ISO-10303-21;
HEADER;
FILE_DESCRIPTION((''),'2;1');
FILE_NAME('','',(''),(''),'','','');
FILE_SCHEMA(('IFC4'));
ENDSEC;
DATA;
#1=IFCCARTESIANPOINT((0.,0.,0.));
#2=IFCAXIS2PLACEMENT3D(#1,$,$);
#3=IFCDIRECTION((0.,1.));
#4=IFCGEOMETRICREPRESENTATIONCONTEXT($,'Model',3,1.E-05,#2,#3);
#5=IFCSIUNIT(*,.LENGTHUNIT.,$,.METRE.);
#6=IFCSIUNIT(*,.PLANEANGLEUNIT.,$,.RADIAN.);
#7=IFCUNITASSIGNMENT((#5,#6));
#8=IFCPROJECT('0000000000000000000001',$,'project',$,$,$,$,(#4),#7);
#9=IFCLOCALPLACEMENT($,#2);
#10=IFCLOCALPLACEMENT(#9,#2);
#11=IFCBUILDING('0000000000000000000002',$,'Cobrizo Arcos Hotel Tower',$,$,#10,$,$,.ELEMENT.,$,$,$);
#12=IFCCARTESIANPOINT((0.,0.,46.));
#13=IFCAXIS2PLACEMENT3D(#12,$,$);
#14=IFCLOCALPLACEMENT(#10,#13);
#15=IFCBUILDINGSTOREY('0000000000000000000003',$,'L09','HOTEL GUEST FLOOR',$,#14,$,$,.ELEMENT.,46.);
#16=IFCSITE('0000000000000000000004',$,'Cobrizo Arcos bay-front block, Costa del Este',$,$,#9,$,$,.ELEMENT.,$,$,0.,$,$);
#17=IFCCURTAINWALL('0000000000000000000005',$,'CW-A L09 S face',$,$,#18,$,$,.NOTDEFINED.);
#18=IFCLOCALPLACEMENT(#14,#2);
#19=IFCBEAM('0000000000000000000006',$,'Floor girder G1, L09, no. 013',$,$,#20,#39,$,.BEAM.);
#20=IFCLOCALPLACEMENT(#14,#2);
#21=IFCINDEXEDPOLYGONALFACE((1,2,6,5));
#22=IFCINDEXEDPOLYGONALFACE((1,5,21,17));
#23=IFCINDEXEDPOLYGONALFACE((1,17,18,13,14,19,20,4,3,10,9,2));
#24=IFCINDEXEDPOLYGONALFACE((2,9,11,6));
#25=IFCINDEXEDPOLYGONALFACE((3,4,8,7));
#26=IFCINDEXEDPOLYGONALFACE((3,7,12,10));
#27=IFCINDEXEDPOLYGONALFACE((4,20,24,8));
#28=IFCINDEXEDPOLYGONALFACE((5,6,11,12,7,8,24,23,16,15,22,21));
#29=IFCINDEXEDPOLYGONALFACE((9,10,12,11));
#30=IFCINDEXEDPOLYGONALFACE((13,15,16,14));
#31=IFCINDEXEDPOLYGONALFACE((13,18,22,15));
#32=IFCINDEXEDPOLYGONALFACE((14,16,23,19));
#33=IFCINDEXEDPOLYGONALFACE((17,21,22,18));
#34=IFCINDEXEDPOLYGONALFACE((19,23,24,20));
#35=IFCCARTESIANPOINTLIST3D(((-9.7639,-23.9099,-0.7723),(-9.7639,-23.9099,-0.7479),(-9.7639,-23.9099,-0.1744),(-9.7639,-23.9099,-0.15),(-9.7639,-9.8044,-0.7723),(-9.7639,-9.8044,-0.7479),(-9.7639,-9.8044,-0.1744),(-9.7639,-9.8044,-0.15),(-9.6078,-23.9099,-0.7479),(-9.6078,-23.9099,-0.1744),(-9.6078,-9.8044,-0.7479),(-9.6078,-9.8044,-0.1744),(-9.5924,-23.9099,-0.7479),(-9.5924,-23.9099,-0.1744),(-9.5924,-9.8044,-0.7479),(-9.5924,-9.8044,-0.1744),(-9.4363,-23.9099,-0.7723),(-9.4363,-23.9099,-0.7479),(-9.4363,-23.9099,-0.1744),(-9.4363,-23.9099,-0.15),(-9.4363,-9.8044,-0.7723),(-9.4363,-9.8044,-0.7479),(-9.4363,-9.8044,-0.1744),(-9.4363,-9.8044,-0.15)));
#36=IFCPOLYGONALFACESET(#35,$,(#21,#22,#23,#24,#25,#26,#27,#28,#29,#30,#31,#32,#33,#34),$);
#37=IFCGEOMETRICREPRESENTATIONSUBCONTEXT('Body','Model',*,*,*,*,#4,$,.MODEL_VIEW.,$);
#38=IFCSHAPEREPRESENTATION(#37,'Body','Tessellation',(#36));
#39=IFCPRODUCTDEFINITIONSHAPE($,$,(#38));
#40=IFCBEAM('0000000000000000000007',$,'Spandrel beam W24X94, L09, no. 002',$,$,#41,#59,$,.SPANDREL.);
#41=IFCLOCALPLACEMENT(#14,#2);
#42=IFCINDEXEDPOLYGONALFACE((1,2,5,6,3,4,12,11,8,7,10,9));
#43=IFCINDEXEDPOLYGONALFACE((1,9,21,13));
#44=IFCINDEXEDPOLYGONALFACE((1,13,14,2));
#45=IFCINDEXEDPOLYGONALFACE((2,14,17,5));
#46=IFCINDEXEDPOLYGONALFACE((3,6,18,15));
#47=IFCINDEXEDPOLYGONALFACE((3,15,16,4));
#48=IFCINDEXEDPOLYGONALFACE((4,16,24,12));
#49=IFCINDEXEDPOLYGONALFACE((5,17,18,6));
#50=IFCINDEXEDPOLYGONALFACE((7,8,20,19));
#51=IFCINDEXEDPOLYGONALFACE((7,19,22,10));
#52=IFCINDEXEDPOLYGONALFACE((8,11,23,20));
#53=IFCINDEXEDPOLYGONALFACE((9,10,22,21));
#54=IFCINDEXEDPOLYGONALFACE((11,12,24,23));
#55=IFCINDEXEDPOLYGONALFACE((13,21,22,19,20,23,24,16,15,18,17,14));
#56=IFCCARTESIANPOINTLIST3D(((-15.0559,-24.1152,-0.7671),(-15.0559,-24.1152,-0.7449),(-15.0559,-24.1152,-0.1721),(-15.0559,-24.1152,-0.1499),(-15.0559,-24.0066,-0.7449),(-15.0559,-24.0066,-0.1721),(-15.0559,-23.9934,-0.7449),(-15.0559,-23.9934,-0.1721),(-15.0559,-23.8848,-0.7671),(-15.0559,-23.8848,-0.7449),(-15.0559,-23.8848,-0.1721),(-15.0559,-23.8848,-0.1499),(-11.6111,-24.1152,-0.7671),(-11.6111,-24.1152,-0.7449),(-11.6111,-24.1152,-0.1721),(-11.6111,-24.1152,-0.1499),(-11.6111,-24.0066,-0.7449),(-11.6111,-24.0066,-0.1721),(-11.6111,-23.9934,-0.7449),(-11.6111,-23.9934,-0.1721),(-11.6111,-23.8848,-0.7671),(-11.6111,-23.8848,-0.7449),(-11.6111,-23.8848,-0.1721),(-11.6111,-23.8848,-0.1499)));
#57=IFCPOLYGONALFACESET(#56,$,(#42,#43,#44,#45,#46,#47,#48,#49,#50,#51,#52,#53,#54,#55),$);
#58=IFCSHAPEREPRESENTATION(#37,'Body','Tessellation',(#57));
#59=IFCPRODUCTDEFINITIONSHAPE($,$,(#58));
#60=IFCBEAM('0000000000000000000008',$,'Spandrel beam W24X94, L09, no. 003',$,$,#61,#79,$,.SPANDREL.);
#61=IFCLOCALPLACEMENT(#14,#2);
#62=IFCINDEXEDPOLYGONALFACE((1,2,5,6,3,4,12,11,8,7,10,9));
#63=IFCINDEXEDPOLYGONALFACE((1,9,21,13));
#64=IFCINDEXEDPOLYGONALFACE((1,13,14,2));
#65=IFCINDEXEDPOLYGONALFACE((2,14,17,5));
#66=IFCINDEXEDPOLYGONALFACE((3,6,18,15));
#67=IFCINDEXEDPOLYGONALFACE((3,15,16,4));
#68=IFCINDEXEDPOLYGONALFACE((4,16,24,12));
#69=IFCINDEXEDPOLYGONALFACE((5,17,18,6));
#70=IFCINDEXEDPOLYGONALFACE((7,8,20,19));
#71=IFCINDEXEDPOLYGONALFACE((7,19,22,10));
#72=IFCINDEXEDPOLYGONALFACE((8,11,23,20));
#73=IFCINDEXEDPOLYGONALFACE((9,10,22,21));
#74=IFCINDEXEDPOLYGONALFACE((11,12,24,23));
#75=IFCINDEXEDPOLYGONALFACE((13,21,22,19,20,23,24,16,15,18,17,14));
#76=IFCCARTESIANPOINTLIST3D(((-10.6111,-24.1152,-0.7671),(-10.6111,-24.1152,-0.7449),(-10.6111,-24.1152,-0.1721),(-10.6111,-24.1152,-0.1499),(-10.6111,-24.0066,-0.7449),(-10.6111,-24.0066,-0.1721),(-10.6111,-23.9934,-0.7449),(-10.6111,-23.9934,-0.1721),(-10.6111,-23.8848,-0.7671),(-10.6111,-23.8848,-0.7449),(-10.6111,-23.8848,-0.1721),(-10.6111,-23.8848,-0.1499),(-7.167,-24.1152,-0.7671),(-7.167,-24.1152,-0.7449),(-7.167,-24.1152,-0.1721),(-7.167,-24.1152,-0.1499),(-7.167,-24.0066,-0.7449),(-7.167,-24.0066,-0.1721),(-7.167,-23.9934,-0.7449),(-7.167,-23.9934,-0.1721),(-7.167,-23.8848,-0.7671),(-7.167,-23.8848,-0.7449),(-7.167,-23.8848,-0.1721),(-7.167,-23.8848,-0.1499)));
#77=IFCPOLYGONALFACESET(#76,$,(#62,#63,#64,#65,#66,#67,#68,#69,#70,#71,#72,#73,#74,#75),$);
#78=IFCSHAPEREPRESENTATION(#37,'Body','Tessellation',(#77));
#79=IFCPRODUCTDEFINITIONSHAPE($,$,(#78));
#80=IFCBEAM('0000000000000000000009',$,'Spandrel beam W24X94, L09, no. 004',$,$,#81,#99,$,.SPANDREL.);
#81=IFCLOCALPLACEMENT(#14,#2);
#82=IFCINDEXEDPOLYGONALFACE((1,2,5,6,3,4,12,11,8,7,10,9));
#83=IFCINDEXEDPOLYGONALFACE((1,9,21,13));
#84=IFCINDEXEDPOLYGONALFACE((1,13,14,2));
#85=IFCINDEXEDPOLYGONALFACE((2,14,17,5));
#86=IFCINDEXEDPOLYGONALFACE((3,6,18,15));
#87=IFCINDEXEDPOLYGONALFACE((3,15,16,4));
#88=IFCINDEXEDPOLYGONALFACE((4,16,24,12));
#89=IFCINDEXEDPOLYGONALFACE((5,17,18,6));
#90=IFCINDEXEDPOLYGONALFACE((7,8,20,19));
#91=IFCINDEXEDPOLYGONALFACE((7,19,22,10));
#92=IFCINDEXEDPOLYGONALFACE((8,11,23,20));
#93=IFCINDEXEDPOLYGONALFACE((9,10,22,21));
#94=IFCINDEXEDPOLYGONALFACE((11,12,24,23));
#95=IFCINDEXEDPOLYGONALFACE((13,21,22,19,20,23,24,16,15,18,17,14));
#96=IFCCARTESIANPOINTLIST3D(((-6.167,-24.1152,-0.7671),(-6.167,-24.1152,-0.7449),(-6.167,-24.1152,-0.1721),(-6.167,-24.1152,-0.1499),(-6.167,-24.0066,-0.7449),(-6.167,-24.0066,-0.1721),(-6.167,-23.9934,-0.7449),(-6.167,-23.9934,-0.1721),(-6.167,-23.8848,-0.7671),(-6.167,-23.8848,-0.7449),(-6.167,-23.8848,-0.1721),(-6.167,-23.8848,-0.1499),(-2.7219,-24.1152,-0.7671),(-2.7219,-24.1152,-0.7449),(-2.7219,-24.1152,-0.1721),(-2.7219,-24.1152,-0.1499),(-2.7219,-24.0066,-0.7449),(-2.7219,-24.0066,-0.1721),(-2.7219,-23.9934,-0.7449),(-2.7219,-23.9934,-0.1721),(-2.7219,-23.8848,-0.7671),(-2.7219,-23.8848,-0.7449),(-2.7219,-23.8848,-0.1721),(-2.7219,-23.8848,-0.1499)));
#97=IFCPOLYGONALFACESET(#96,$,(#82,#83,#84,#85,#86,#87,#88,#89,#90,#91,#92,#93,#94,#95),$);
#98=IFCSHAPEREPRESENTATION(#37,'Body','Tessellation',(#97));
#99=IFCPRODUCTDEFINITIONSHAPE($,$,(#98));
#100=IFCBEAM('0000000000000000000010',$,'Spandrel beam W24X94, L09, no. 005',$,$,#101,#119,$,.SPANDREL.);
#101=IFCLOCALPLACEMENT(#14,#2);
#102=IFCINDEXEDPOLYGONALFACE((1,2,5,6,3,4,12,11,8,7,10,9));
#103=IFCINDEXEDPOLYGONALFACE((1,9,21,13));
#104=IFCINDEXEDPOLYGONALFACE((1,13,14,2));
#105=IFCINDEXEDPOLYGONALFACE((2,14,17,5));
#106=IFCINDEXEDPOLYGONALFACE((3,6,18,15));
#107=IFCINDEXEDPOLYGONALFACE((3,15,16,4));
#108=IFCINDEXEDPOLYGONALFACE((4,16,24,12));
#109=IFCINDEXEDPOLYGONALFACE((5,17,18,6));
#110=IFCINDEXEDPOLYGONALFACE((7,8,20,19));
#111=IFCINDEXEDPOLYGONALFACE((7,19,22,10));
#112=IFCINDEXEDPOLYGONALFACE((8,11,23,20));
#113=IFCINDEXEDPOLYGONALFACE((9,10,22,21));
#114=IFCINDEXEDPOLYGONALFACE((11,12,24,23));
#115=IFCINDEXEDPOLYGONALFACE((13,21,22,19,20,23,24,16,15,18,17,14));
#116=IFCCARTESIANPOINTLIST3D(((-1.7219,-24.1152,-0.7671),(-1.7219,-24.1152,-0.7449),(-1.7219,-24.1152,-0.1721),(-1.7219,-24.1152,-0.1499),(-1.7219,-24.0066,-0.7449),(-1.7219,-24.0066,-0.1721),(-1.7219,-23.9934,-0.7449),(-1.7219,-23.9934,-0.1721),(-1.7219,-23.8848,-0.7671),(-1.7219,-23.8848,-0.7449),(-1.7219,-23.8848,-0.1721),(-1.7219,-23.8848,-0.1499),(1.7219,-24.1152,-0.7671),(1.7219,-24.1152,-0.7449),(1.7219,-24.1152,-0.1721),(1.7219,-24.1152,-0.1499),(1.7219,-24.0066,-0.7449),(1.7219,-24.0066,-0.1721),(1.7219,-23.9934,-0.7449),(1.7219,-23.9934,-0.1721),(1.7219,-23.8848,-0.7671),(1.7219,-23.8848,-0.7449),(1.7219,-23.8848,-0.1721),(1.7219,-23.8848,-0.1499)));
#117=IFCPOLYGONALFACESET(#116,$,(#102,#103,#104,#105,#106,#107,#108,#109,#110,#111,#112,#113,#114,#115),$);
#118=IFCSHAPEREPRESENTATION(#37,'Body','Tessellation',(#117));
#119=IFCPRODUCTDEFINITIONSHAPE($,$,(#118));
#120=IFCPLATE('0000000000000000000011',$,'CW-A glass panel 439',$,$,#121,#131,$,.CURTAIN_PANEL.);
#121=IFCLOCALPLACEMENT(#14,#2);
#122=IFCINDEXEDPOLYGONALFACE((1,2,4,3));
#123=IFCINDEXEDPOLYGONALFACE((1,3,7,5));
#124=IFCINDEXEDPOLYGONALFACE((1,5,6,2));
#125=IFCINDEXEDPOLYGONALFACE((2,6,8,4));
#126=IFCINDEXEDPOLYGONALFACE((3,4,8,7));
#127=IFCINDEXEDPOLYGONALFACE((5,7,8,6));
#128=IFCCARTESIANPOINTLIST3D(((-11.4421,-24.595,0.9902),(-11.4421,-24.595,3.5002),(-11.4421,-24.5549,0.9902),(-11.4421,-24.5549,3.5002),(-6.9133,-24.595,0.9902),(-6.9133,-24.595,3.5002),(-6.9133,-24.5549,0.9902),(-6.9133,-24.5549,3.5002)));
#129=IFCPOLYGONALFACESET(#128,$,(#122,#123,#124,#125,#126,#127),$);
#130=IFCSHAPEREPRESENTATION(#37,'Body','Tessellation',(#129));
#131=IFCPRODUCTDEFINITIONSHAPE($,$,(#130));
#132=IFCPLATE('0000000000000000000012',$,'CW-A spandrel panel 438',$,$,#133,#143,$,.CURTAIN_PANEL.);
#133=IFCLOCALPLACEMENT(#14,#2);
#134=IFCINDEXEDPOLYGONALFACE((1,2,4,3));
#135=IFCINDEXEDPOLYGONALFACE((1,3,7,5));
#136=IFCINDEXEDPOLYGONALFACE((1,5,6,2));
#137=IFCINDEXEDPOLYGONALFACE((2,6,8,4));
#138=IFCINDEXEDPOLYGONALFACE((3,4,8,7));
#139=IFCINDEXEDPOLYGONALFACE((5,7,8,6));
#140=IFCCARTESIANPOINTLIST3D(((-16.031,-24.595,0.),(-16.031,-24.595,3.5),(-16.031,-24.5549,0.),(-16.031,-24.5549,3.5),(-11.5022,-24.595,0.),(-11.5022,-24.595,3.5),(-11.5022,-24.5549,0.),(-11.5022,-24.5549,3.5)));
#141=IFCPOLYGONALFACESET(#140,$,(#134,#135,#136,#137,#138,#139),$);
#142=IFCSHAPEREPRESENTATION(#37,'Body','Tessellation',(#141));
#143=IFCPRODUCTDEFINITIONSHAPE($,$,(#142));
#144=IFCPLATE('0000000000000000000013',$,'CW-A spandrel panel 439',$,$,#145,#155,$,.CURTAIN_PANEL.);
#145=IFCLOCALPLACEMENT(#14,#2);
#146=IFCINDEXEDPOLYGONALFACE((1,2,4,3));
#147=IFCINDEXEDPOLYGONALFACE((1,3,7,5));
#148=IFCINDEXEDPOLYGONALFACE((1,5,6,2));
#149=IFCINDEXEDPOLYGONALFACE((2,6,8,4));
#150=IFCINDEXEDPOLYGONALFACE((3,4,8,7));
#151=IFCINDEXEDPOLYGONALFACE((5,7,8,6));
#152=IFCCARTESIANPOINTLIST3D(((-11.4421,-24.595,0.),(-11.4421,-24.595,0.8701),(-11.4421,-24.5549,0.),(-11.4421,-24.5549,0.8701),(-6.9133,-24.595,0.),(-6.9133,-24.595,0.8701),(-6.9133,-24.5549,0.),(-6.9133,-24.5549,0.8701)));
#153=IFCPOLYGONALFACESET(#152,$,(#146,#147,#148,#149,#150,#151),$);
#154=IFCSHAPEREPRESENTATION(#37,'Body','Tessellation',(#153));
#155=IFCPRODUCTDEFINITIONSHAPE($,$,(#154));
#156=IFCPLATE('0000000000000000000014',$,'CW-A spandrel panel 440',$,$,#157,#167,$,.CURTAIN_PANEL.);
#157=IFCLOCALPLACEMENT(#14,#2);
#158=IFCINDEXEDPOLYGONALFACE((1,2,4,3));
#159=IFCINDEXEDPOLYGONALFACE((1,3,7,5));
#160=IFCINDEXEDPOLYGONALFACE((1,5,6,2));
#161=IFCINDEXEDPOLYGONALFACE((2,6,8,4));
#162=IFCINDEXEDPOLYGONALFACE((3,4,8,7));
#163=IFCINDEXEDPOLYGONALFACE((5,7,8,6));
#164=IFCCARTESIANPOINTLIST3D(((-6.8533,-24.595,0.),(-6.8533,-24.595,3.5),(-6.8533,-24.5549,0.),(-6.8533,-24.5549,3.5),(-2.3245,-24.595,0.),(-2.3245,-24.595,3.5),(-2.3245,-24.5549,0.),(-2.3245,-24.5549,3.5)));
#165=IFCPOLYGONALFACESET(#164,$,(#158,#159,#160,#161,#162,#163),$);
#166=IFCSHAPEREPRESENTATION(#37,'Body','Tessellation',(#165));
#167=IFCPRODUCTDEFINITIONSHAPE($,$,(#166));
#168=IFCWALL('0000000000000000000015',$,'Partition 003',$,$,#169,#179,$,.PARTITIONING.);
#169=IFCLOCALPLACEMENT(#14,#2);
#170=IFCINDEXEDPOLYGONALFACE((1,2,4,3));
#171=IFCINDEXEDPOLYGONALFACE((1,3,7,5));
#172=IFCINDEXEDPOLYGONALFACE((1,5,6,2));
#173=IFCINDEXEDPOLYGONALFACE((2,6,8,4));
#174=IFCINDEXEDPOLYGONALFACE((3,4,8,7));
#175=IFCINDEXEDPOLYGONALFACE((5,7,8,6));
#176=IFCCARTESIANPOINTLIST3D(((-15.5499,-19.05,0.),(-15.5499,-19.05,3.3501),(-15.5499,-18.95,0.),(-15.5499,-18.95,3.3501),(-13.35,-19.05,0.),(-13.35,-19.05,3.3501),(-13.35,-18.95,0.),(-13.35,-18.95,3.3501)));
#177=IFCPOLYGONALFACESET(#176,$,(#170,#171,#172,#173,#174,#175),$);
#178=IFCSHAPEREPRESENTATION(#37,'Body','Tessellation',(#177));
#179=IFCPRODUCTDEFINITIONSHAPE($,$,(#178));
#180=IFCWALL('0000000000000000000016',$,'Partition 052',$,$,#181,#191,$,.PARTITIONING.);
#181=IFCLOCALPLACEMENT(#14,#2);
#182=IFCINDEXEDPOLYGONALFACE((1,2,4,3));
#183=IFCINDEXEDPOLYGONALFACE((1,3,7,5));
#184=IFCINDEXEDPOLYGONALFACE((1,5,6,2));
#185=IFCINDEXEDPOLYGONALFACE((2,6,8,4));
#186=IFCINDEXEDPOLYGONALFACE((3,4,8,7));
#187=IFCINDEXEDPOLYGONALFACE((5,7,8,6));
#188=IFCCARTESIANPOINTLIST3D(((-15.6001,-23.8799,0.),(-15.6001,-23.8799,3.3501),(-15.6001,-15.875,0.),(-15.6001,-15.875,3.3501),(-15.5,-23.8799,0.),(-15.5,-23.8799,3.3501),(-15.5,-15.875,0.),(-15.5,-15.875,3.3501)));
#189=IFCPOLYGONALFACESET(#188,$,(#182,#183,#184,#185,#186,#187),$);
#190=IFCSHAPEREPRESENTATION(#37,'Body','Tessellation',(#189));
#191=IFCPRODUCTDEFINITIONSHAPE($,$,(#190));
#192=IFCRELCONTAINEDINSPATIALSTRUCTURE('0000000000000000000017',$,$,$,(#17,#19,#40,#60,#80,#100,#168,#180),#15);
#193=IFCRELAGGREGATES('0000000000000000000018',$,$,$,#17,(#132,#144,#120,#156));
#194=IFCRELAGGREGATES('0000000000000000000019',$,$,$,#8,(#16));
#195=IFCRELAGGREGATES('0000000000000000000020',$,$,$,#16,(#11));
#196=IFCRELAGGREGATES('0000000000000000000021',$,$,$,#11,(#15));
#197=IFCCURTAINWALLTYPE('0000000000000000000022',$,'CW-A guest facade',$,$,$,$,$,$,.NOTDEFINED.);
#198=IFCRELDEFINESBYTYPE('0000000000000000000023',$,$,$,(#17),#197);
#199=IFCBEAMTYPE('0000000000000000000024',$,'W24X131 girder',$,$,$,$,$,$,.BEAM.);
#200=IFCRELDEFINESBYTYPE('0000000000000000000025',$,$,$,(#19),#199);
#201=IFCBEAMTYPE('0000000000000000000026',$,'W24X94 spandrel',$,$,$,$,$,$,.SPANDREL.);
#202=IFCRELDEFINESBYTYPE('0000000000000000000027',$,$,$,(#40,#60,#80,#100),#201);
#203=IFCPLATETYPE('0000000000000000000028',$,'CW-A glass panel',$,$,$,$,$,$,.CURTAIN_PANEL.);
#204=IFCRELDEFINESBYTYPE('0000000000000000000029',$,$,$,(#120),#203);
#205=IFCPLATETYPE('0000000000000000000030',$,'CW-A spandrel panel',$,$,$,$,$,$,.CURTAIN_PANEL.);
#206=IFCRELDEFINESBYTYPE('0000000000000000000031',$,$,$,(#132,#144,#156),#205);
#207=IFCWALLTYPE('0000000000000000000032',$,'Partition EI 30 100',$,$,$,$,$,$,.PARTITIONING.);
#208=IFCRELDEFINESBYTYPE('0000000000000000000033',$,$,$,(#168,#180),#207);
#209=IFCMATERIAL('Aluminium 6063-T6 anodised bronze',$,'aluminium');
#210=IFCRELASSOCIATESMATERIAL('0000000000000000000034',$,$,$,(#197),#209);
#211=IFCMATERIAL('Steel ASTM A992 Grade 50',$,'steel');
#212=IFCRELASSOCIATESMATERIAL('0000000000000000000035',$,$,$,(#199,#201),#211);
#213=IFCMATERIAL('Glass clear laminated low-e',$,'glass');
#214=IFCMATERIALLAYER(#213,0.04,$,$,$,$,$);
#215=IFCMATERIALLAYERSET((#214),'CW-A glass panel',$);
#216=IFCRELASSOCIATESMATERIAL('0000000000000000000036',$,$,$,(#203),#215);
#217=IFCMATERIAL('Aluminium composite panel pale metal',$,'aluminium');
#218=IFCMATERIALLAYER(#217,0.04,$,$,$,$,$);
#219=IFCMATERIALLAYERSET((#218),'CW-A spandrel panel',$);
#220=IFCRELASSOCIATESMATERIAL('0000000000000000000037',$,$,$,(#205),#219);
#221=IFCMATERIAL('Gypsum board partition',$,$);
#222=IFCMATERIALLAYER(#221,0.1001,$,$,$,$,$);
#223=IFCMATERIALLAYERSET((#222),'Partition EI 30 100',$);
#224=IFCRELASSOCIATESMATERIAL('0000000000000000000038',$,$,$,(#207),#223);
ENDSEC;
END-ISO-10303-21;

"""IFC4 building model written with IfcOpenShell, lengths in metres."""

from ifc_helpers import new_model, si_unit, direction, frame, frame_2d, origin, origin_2d, place, context, subcontext, project, spatial, rectangle, i_section, extrude, material, layer, layer_set, material_profile, profile_set, type_object, element, aggregate, save


model = new_model("IFC4")

# Units and contexts
model_context = context("Model", 3, precision=1e-05, world=origin(), true_north=direction((0.0, 1.0)))
body_context = subcontext(model_context, "Body", "Model", "MODEL_VIEW")
ifc_project = project(units=[si_unit("LENGTHUNIT", "METRE"), si_unit("PLANEANGLEUNIT", "RADIAN")], contexts=[model_context])

# Site, building, storey
site_placement = place(None, origin())
site = spatial("IfcSite", under=ifc_project, at=site_placement, Name="Cobrizo Arcos bay-front block, Costa del Este", CompositionType="ELEMENT", RefElevation=0.0)
building_placement = place(site_placement, origin())
building = spatial("IfcBuilding", under=site, at=building_placement, Name="Cobrizo Arcos Hotel Tower", CompositionType="ELEMENT")
storey_placement = place(building_placement, frame((0.0, 0.0, 46.0)))
storey = spatial("IfcBuildingStorey", under=building, at=storey_placement, Name="L09", Description="HOTEL GUEST FLOOR", CompositionType="ELEMENT", Elevation=46.0)

# Curtain wall
ifc_material_1 = material(Name="Aluminium 6063-T6 anodised bronze", Category="aluminium")
curtain_wall_type = type_object("IfcCurtainWallType", Name="CW-A guest facade", PredefinedType="NOTDEFINED", material=ifc_material_1)
curtain_wall_placement = place(storey_placement, origin())
curtain_wall = element("IfcCurtainWall", 1, at=curtain_wall_placement, inside=storey, type_object=curtain_wall_type, Name="CW-A L09 S face", PredefinedType="NOTDEFINED")

# Beams
ifc_material_2 = material(Name="Steel ASTM A992 Grade 50", Category="steel")
ifc_material_profile_1 = material_profile(ifc_material_2, i_section(OverallWidth=0.3276, OverallDepth=0.6223, WebThickness=0.0154, FlangeThickness=0.0244, at=origin_2d()), Name="W24X131")
ifc_profile_set_1 = profile_set([ifc_material_profile_1], Name="Steel ASTM A992 Grade 50")
beam_type_1 = type_object("IfcBeamType", Name="W24X131 girder", PredefinedType="BEAM", material=ifc_profile_set_1)
beam_1_placement = place(storey_placement, frame((-9.6001, -23.9099, -0.4612), z_axis=(0.0, 1.0, 0.0), x_axis=(-1.0, 0.0, 0.0)))
element("IfcBeam", 2, at=beam_1_placement, inside=storey, type_object=beam_type_1, Name="Floor girder G1, L09, no. 013", PredefinedType="BEAM", context=body_context, shape_type="SweptSolid", body=[
    extrude(i_section(OverallWidth=0.3276, OverallDepth=0.6223, WebThickness=0.0154, FlangeThickness=0.0244, at=origin_2d()), origin(), (0.0, 0.0, 1.0), 14.1055),
])
ifc_material_profile_2 = material_profile(ifc_material_2, i_section(OverallWidth=0.2305, OverallDepth=0.6172, WebThickness=0.0132, FlangeThickness=0.0222, at=origin_2d()), Name="W24X94")
ifc_profile_set_2 = profile_set([ifc_material_profile_2], Name="Steel ASTM A992 Grade 50")
beam_type_2 = type_object("IfcBeamType", Name="W24X94 spandrel", PredefinedType="SPANDREL", material=ifc_profile_set_2)
beam_2_placement = place(storey_placement, frame((-15.0559, -24.0, -0.4585), z_axis=(1.0, 0.0, 0.0), x_axis=(0.0, 1.0, 0.0)))
element("IfcBeam", 3, at=beam_2_placement, inside=storey, type_object=beam_type_2, Name="Spandrel beam W24X94, L09, no. 002", PredefinedType="SPANDREL", context=body_context, shape_type="SweptSolid", body=[
    extrude(i_section(OverallWidth=0.2305, OverallDepth=0.6172, WebThickness=0.0132, FlangeThickness=0.0222, at=origin_2d()), origin(), (0.0, 0.0, 1.0), 3.4448),
])
beam_3_placement = place(storey_placement, frame((-10.6111, -24.0, -0.4585), z_axis=(1.0, 0.0, 0.0), x_axis=(0.0, 1.0, 0.0)))
element("IfcBeam", 4, at=beam_3_placement, inside=storey, type_object=beam_type_2, Name="Spandrel beam W24X94, L09, no. 003", PredefinedType="SPANDREL", context=body_context, shape_type="SweptSolid", body=[
    extrude(i_section(OverallWidth=0.2305, OverallDepth=0.6172, WebThickness=0.0132, FlangeThickness=0.0222, at=origin_2d()), origin(), (0.0, 0.0, 1.0), 3.4441),
])
beam_4_placement = place(storey_placement, frame((-6.167, -24.0, -0.4585), z_axis=(1.0, 0.0, 0.0), x_axis=(0.0, 1.0, 0.0)))
element("IfcBeam", 5, at=beam_4_placement, inside=storey, type_object=beam_type_2, Name="Spandrel beam W24X94, L09, no. 004", PredefinedType="SPANDREL", context=body_context, shape_type="SweptSolid", body=[
    extrude(i_section(OverallWidth=0.2305, OverallDepth=0.6172, WebThickness=0.0132, FlangeThickness=0.0222, at=origin_2d()), origin(), (0.0, 0.0, 1.0), 3.4451),
])
beam_5_placement = place(storey_placement, frame((-1.7219, -24.0, -0.4585), z_axis=(1.0, 0.0, 0.0), x_axis=(0.0, 1.0, 0.0)))
element("IfcBeam", 6, at=beam_5_placement, inside=storey, type_object=beam_type_2, Name="Spandrel beam W24X94, L09, no. 005", PredefinedType="SPANDREL", context=body_context, shape_type="SweptSolid", body=[
    extrude(i_section(OverallWidth=0.2305, OverallDepth=0.6172, WebThickness=0.0132, FlangeThickness=0.0222, at=origin_2d()), origin(), (0.0, 0.0, 1.0), 3.4438),
])

# Plates
ifc_material_3 = material(Name="Glass clear laminated low-e", Category="glass")
ifc_layer_1 = layer(ifc_material_3, 0.04)
ifc_layer_set_1 = layer_set([ifc_layer_1], Name="CW-A glass panel")
plate_type_1 = type_object("IfcPlateType", Name="CW-A glass panel", PredefinedType="CURTAIN_PANEL", material=ifc_layer_set_1)
plate_1_placement = place(storey_placement, frame((-9.1777, -24.575, 0.9902), z_axis=(0.0, 0.0, 1.0), x_axis=(1.0, 0.0, 0.0)))
plate_1 = element("IfcPlate", 7, at=plate_1_placement, type_object=plate_type_1, Name="CW-A glass panel 439", PredefinedType="CURTAIN_PANEL", context=body_context, shape_type="SweptSolid", body=[
    extrude(rectangle(XDim=4.5288, YDim=0.04, at=origin_2d()), origin(), (0.0, 0.0, 1.0), 2.51),
])
ifc_material_4 = material(Name="Aluminium composite panel pale metal", Category="aluminium")
ifc_layer_2 = layer(ifc_material_4, 0.04)
ifc_layer_set_2 = layer_set([ifc_layer_2], Name="CW-A spandrel panel")
plate_type_2 = type_object("IfcPlateType", Name="CW-A spandrel panel", PredefinedType="CURTAIN_PANEL", material=ifc_layer_set_2)
plate_2_placement = place(storey_placement, frame((-13.7666, -24.575, 0.0), z_axis=(0.0, 0.0, 1.0), x_axis=(1.0, 0.0, 0.0)))
plate_2 = element("IfcPlate", 8, at=plate_2_placement, type_object=plate_type_2, Name="CW-A spandrel panel 438", PredefinedType="CURTAIN_PANEL", context=body_context, shape_type="SweptSolid", body=[
    extrude(rectangle(XDim=4.5288, YDim=0.04, at=origin_2d()), origin(), (0.0, 0.0, 1.0), 3.5),
])
plate_3_placement = place(storey_placement, frame((-9.1777, -24.575, 0.0), z_axis=(0.0, 0.0, 1.0), x_axis=(1.0, 0.0, 0.0)))
plate_3 = element("IfcPlate", 9, at=plate_3_placement, type_object=plate_type_2, Name="CW-A spandrel panel 439", PredefinedType="CURTAIN_PANEL", context=body_context, shape_type="SweptSolid", body=[
    extrude(rectangle(XDim=4.5288, YDim=0.04, at=origin_2d()), origin(), (0.0, 0.0, 1.0), 0.8701),
])
plate_4_placement = place(storey_placement, frame((-4.5889, -24.575, 0.0), z_axis=(0.0, 0.0, 1.0), x_axis=(1.0, 0.0, 0.0)))
plate_4 = element("IfcPlate", 10, at=plate_4_placement, type_object=plate_type_2, Name="CW-A spandrel panel 440", PredefinedType="CURTAIN_PANEL", context=body_context, shape_type="SweptSolid", body=[
    extrude(rectangle(XDim=4.5288, YDim=0.04, at=origin_2d()), origin(), (0.0, 0.0, 1.0), 3.5),
])
aggregate(curtain_wall, [plate_2, plate_3, plate_1, plate_4])

# Walls
ifc_material_5 = material(Name="Gypsum board partition")
ifc_layer_3 = layer(ifc_material_5, 0.1001)
ifc_layer_set_3 = layer_set([ifc_layer_3], Name="Partition EI 30 100")
wall_type = type_object("IfcWallType", Name="Partition EI 30 100", PredefinedType="PARTITIONING", material=ifc_layer_set_3)
wall_1_placement = place(storey_placement, frame((-15.55, -19.0, 0.0), z_axis=(0.0, 0.0, 1.0), x_axis=(1.0, 0.0, 0.0)))
element("IfcWall", 11, at=wall_1_placement, inside=storey, type_object=wall_type, Name="Partition 003", PredefinedType="PARTITIONING", context=body_context, shape_type="SweptSolid", body=[
    extrude(rectangle(XDim=2.2, YDim=0.1001, at=frame_2d((1.1001, 0.0))), origin(), (0.0, 0.0, 1.0), 3.3501),
])
wall_2_placement = place(storey_placement, frame((-15.55, -23.8799, 0.0), z_axis=(0.0, 0.0, 1.0), x_axis=(0.0, 1.0, 0.0)))
element("IfcWall", 12, at=wall_2_placement, inside=storey, type_object=wall_type, Name="Partition 052", PredefinedType="PARTITIONING", context=body_context, shape_type="SweptSolid", body=[
    extrude(rectangle(XDim=8.0049, YDim=0.1001, at=frame_2d((4.0024, 0.0))), origin(), (0.0, 0.0, 1.0), 3.3501),
])

save(model, "model.ifc")
